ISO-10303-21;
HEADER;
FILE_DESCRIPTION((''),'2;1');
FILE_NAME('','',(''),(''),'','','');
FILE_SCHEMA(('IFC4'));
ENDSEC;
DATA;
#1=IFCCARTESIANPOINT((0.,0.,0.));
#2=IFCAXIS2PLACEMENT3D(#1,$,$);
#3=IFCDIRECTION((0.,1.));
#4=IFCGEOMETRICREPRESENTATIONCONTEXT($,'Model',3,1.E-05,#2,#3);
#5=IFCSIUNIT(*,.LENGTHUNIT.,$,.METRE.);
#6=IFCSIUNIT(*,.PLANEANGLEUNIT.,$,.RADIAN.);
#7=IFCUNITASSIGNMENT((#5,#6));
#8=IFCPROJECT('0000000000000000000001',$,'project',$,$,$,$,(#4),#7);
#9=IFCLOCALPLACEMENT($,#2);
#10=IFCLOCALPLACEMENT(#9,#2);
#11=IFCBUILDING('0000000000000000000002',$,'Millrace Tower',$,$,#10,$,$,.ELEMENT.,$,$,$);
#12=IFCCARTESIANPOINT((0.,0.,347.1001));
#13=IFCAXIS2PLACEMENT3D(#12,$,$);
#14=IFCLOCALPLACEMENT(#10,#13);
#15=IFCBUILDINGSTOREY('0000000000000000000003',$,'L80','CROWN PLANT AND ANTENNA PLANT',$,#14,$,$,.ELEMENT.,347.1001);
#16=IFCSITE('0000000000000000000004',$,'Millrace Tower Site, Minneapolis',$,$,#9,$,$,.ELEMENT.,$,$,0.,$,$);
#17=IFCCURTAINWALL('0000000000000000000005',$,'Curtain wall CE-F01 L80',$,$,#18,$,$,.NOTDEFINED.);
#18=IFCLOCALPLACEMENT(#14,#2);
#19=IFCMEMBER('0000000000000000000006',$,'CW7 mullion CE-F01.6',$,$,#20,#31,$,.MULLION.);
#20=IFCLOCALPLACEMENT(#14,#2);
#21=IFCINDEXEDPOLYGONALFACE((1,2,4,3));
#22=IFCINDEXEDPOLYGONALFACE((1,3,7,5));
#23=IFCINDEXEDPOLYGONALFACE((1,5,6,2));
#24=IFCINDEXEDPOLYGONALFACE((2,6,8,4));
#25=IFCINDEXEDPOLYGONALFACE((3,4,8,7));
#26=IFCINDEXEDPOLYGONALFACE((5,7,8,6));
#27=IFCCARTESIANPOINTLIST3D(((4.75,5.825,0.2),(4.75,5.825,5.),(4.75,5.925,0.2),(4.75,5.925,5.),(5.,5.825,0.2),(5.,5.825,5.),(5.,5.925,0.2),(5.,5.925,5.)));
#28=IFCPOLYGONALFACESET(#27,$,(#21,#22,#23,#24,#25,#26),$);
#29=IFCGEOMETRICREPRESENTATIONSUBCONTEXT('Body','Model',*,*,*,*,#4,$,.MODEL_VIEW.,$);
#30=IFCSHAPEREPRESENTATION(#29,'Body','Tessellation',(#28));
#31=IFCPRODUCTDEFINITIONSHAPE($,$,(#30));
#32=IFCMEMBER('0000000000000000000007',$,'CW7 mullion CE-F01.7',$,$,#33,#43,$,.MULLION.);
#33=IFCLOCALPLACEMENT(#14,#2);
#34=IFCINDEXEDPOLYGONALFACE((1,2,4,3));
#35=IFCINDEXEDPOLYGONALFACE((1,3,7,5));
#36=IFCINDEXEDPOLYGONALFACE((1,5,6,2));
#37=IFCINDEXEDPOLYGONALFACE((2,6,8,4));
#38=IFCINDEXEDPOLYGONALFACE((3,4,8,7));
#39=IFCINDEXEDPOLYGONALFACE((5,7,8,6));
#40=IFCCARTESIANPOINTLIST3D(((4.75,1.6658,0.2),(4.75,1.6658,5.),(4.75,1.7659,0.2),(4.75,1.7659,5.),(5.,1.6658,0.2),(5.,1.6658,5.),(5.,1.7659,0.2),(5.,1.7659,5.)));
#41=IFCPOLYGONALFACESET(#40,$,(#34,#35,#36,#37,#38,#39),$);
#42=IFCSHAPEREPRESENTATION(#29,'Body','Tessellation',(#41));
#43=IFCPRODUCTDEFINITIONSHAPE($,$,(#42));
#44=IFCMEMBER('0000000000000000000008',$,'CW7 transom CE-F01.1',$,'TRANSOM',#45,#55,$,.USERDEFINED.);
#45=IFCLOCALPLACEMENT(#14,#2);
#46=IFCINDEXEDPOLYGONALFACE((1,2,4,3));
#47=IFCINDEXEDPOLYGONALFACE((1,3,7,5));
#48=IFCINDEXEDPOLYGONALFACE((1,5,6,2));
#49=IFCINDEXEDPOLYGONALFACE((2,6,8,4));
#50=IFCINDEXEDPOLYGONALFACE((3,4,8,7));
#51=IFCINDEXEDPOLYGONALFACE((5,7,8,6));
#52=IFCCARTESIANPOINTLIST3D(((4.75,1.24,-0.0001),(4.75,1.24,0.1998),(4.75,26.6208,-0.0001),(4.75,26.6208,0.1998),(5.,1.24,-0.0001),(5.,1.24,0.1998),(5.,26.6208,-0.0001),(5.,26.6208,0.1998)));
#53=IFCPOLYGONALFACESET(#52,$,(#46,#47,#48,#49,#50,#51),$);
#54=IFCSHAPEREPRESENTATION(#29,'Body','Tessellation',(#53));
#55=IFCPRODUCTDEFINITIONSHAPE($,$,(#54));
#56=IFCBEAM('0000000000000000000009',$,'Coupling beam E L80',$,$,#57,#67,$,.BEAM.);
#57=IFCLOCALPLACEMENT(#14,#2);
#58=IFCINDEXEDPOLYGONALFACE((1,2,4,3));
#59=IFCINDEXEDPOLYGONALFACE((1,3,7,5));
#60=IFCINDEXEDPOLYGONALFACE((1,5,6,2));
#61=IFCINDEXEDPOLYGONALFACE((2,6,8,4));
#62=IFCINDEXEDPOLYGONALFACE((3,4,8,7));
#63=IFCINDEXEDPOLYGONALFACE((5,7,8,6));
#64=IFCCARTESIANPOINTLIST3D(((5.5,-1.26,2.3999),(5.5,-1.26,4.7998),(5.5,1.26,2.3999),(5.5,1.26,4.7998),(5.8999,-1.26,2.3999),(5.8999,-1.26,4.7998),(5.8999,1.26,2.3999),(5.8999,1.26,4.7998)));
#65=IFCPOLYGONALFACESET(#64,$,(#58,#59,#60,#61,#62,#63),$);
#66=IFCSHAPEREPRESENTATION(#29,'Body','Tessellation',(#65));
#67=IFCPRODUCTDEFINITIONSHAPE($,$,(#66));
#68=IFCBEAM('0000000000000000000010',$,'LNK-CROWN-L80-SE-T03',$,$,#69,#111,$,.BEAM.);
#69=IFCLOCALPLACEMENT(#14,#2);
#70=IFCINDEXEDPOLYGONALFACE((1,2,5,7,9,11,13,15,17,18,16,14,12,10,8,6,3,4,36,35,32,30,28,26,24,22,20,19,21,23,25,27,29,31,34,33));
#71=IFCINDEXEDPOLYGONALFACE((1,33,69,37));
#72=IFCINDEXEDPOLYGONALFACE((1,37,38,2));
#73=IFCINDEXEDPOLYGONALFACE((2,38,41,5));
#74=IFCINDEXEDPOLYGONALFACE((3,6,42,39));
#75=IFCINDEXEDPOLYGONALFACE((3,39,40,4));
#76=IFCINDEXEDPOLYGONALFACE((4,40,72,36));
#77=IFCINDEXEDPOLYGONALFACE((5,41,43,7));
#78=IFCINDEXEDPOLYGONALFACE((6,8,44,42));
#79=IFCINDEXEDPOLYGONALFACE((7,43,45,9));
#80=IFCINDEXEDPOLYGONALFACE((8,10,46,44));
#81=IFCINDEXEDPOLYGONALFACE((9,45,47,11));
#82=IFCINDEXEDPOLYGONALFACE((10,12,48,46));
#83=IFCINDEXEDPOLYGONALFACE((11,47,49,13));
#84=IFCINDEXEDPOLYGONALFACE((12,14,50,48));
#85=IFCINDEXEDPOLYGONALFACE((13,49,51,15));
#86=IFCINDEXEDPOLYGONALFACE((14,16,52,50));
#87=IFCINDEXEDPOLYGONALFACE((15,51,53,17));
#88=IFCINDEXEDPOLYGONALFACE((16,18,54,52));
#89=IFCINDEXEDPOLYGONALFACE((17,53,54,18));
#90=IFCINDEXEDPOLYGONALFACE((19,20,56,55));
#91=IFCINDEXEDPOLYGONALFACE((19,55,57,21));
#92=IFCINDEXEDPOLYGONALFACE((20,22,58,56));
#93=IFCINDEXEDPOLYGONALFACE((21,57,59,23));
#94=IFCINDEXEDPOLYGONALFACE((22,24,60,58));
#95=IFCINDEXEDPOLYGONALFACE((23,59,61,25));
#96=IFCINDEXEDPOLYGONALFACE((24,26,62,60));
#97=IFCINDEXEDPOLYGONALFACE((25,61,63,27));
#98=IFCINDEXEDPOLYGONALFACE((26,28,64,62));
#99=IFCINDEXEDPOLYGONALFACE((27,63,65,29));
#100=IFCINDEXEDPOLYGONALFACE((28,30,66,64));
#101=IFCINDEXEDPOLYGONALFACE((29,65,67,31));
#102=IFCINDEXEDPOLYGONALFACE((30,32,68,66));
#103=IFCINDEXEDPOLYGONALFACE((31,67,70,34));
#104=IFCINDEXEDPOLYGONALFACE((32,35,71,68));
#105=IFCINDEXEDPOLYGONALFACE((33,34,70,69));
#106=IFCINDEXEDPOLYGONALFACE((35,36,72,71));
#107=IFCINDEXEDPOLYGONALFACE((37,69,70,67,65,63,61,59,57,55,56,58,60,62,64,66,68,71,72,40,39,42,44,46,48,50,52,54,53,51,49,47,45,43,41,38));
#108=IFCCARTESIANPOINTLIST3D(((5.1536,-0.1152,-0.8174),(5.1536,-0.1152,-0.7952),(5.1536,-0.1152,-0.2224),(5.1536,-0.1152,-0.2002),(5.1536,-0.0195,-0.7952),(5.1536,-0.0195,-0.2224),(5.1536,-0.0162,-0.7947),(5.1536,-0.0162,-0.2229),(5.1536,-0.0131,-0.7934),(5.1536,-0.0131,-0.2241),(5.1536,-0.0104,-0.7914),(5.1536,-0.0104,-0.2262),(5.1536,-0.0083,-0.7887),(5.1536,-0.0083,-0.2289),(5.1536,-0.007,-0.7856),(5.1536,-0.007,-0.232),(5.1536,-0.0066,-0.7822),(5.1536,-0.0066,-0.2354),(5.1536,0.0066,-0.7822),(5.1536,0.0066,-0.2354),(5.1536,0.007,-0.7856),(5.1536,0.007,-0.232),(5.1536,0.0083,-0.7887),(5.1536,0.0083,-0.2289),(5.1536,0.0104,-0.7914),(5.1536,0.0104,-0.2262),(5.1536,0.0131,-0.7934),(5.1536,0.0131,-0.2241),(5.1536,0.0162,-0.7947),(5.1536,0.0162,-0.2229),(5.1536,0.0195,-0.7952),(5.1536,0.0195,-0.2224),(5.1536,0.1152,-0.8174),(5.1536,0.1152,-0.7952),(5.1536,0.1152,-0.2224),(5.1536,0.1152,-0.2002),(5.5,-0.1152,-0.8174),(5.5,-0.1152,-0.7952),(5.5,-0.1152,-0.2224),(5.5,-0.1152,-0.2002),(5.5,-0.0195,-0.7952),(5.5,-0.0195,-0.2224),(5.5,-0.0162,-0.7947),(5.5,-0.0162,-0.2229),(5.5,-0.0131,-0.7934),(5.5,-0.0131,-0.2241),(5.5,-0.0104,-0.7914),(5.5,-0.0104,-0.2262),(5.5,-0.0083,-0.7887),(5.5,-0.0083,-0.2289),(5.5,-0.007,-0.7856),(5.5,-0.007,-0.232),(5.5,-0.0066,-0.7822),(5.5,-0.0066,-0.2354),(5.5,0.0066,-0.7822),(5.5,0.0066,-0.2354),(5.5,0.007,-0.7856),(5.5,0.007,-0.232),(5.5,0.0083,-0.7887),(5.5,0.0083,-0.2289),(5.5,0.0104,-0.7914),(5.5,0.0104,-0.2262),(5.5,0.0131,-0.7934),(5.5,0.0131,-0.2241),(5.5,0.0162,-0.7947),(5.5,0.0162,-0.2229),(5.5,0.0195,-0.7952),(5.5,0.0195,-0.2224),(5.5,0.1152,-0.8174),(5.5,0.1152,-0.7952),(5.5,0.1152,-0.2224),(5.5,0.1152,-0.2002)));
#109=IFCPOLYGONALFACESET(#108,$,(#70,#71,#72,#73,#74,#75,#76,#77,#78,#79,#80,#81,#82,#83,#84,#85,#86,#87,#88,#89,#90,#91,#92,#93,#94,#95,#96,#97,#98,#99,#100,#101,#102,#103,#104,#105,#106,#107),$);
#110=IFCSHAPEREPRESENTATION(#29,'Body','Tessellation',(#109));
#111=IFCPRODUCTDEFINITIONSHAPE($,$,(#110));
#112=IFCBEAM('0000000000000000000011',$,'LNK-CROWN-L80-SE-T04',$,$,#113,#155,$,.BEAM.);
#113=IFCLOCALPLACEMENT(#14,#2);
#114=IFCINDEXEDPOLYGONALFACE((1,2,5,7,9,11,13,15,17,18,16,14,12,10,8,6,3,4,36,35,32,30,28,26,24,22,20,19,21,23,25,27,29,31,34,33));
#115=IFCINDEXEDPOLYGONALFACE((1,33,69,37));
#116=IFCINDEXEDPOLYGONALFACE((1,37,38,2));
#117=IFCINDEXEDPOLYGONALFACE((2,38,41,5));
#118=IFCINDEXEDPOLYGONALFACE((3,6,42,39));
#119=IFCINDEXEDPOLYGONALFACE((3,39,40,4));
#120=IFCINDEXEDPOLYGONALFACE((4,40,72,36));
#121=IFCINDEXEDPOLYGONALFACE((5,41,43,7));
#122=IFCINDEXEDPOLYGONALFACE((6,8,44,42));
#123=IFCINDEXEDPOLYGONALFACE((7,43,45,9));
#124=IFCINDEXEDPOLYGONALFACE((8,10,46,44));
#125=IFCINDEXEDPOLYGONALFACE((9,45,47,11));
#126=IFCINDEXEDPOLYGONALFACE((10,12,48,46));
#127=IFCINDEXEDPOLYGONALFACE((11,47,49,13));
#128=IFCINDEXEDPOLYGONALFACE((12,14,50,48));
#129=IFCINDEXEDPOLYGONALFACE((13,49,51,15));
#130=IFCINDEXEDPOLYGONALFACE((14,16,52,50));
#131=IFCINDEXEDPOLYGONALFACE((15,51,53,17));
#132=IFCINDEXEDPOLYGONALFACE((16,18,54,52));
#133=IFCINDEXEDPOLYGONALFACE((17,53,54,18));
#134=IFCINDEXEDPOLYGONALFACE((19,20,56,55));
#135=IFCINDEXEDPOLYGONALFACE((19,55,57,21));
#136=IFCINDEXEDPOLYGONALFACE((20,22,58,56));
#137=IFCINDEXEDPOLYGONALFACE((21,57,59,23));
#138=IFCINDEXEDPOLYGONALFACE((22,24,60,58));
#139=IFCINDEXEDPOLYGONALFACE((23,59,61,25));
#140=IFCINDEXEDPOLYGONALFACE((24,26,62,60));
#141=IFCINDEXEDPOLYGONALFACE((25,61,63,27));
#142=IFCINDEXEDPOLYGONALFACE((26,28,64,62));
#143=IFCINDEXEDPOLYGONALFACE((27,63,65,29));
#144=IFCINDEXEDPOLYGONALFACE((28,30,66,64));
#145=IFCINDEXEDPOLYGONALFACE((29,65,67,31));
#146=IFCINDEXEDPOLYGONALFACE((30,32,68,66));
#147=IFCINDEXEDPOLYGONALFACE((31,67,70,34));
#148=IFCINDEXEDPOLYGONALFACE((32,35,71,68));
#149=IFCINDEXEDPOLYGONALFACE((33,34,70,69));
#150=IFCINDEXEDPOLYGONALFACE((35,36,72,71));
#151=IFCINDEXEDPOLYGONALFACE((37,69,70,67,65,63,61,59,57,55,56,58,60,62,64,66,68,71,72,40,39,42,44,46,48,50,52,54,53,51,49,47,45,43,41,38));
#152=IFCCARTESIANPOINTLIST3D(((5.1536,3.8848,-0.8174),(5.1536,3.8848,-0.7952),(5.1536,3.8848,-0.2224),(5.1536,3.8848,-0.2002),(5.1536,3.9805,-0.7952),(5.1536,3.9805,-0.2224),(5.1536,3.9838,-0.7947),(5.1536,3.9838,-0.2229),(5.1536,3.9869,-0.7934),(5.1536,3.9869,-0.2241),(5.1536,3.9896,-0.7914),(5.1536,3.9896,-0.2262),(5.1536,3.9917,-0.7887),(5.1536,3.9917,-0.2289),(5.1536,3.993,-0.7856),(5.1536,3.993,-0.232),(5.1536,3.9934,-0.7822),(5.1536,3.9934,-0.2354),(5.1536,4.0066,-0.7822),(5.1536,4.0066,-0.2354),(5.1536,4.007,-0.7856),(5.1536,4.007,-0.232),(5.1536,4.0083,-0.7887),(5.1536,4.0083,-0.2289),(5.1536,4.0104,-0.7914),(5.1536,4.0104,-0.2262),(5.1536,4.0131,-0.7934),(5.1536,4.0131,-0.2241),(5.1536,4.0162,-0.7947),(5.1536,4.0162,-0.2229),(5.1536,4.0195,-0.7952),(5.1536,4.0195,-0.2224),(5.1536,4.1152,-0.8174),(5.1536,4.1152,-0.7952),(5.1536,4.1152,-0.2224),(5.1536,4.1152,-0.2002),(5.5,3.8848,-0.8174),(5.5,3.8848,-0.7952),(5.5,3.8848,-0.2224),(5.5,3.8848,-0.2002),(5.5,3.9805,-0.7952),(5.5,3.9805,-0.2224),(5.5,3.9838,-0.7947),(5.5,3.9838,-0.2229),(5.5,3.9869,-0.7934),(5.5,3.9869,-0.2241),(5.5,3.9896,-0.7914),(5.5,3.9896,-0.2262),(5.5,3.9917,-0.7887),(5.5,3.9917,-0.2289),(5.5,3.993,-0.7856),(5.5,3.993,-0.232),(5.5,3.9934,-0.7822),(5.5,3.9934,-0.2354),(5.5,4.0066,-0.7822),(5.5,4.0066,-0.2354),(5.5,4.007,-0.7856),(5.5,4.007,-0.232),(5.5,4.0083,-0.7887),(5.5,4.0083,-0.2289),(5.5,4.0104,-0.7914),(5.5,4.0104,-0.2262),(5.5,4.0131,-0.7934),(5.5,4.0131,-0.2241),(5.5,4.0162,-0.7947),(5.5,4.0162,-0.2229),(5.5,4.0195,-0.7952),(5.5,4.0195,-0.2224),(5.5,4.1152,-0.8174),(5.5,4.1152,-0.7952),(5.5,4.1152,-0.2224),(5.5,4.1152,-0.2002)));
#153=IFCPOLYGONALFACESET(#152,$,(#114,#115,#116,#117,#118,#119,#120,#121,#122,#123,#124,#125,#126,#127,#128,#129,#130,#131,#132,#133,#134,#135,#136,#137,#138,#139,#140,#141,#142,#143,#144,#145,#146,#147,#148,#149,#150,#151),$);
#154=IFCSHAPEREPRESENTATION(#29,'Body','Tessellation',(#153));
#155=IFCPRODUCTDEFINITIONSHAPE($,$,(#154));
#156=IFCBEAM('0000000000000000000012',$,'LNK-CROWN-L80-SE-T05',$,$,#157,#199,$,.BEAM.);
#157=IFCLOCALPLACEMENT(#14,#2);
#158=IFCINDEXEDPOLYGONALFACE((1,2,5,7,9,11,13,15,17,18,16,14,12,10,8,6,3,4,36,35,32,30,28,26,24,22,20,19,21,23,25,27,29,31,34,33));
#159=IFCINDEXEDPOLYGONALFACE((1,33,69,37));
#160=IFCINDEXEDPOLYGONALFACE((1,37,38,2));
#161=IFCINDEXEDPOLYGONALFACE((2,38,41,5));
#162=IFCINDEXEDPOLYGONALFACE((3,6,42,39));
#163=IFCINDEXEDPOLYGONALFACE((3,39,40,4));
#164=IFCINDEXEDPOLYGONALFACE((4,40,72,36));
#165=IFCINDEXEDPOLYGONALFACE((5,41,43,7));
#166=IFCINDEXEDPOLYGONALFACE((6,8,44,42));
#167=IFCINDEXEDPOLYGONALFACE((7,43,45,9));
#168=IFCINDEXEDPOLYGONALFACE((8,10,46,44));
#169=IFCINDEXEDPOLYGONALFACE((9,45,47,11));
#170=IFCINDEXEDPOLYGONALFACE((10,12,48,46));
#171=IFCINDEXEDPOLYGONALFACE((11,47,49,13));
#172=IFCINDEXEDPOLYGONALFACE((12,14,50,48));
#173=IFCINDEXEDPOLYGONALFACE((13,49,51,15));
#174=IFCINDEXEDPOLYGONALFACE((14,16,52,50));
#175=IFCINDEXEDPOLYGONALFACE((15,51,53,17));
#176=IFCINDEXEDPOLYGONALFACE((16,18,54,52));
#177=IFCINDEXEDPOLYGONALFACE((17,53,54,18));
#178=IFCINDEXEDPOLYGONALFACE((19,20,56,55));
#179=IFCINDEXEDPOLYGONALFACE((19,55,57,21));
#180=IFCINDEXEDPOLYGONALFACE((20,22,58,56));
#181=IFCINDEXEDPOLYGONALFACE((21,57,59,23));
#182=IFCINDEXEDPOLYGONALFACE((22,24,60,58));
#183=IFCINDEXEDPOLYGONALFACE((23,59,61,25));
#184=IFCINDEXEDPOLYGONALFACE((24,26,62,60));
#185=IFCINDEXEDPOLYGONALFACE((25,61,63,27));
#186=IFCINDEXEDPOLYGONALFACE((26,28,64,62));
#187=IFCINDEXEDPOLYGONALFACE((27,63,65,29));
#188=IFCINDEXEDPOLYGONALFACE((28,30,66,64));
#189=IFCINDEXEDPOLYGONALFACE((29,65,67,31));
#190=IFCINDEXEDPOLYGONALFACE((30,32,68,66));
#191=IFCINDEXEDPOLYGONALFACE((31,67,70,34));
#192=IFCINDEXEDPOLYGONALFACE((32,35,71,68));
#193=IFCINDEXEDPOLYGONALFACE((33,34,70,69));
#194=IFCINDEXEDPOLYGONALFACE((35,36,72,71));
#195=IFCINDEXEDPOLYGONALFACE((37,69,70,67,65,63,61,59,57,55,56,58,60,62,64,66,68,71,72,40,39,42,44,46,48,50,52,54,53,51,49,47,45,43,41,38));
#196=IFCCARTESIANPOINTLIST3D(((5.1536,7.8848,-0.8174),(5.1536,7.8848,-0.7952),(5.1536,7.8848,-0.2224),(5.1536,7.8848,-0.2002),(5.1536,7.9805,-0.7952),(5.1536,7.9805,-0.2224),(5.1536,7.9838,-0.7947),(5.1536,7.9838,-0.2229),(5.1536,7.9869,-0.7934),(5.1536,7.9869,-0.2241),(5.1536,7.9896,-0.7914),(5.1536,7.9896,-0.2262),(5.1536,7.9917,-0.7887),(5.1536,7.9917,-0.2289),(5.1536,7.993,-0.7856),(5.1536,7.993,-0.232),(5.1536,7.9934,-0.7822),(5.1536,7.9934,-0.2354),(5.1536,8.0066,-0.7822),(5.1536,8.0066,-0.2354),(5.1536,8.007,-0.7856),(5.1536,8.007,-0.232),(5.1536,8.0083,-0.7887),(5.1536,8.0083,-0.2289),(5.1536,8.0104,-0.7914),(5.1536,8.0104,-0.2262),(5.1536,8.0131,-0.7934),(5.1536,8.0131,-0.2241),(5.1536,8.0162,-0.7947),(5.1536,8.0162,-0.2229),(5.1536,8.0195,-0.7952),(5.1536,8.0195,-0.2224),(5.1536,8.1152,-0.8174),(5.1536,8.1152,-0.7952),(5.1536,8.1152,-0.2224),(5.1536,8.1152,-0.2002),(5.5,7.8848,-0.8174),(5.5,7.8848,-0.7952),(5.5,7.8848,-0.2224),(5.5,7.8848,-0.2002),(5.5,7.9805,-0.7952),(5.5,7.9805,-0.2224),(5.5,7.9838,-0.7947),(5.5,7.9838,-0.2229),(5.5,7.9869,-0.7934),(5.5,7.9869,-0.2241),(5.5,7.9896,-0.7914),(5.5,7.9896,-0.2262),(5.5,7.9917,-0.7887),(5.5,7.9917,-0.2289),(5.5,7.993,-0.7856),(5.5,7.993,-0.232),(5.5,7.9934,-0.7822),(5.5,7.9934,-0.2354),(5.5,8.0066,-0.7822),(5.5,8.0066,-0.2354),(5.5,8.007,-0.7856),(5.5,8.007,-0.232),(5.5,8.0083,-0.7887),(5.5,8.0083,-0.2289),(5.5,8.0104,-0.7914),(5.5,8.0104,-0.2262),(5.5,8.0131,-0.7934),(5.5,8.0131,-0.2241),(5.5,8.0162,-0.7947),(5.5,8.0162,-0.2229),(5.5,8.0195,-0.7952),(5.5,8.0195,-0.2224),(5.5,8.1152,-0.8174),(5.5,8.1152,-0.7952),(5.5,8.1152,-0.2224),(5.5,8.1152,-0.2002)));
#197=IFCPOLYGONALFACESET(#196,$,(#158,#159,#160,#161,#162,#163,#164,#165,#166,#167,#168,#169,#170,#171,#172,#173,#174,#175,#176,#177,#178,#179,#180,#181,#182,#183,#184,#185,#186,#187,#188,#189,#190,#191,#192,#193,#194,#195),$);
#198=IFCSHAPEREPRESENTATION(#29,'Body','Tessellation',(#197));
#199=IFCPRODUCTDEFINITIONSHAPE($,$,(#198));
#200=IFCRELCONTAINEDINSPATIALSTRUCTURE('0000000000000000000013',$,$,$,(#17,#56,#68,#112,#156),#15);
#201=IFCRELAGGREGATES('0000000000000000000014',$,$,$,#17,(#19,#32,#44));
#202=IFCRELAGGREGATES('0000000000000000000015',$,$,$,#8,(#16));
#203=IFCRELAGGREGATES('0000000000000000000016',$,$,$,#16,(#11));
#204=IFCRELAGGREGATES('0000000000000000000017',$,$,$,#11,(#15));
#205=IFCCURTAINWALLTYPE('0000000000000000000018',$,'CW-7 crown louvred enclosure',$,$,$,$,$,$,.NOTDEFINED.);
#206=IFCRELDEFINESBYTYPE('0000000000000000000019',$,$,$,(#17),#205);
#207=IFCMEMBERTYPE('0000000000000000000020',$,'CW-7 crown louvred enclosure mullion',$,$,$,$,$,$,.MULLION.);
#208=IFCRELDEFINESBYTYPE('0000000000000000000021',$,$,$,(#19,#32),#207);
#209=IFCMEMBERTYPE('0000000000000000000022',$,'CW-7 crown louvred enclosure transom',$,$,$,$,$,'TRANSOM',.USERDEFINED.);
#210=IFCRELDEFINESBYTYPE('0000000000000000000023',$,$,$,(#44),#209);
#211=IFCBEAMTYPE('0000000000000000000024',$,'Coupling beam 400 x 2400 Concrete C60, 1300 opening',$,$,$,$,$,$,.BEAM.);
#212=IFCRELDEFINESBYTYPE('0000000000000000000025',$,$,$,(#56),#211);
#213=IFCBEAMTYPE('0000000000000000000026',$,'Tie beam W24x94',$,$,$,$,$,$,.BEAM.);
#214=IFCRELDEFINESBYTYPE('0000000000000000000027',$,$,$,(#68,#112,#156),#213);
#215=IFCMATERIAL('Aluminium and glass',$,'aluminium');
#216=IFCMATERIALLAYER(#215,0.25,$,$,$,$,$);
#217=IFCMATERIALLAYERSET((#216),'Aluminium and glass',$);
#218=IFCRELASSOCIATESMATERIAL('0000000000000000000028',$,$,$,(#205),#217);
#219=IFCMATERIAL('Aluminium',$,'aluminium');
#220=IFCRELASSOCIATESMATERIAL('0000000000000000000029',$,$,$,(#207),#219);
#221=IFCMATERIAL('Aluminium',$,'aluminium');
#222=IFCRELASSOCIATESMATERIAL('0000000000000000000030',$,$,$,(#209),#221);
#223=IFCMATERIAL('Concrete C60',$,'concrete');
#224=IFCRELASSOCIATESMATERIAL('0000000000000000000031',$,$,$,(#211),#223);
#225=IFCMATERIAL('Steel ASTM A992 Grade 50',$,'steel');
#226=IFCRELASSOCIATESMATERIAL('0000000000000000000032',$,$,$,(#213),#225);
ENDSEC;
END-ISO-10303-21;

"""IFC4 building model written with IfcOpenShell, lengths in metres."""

from ifc_helpers import new_model, si_unit, direction, frame, origin, origin_2d, place, context, subcontext, project, spatial, rectangle, i_section, extrude, material, layer, layer_set, material_profile, profile_set, type_object, element, aggregate, save


model = new_model("IFC4")

# Units and contexts
model_context = context("Model", 3, precision=1e-05, world=origin(), true_north=direction((0.0, 1.0)))
body_context = subcontext(model_context, "Body", "Model", "MODEL_VIEW")
ifc_project = project(units=[si_unit("LENGTHUNIT", "METRE"), si_unit("PLANEANGLEUNIT", "RADIAN")], contexts=[model_context])

# Site, building, storey
site_placement = place(None, origin())
site = spatial("IfcSite", under=ifc_project, at=site_placement, Name="Millrace Tower Site, Minneapolis", CompositionType="ELEMENT", RefElevation=0.0)
building_placement = place(site_placement, origin())
building = spatial("IfcBuilding", under=site, at=building_placement, Name="Millrace Tower", CompositionType="ELEMENT")
storey_placement = place(building_placement, frame((0.0, 0.0, 347.1001)))
storey = spatial("IfcBuildingStorey", under=building, at=storey_placement, Name="L80", Description="CROWN PLANT AND ANTENNA PLANT", CompositionType="ELEMENT", Elevation=347.1001)

# Curtain wall, members
ifc_material_1 = material(Name="Aluminium and glass", Category="aluminium")
ifc_layer_1 = layer(ifc_material_1, 0.25)
ifc_layer_set_1 = layer_set([ifc_layer_1], Name="Aluminium and glass")
curtain_wall_type = type_object("IfcCurtainWallType", Name="CW-7 crown louvred enclosure", PredefinedType="NOTDEFINED", material=ifc_layer_set_1)
placement_1 = place(storey_placement, origin())
curtain_wall_1 = element("IfcCurtainWall", 1, at=placement_1, inside=storey, type_object=curtain_wall_type, Name="Curtain wall CE-F01 L80", PredefinedType="NOTDEFINED")
ifc_material_2 = material(Name="Aluminium", Category="aluminium")
ifc_material_profile_1 = material_profile(ifc_material_2, rectangle(XDim=0.1001, YDim=0.25, at=origin_2d()))
ifc_profile_set_1 = profile_set([ifc_material_profile_1], Name="Aluminium")
member_type_1 = type_object("IfcMemberType", Name="CW-7 crown louvred enclosure mullion", PredefinedType="MULLION", material=ifc_profile_set_1)
member_1_placement = place(storey_placement, frame((4.875, 5.875, 0.2), z_axis=(0.0, 0.0, 1.0), x_axis=(0.0, -1.0, 0.0)))
member_1 = element("IfcMember", 2, at=member_1_placement, type_object=member_type_1, Name="CW7 mullion CE-F01.6", PredefinedType="MULLION", context=body_context, shape_type="SweptSolid", body=[
    extrude(rectangle(XDim=0.1001, YDim=0.25, at=origin_2d()), origin(), (0.0, 0.0, 1.0), 4.8),
])
member_2_placement = place(storey_placement, frame((4.875, 1.7158, 0.2), z_axis=(0.0, 0.0, 1.0), x_axis=(0.0, -1.0, 0.0)))
member_2 = element("IfcMember", 3, at=member_2_placement, type_object=member_type_1, Name="CW7 mullion CE-F01.7", PredefinedType="MULLION", context=body_context, shape_type="SweptSolid", body=[
    extrude(rectangle(XDim=0.1001, YDim=0.25, at=origin_2d()), origin(), (0.0, 0.0, 1.0), 4.8),
])
ifc_material_3 = material(Name="Aluminium", Category="aluminium")
ifc_material_profile_2 = material_profile(ifc_material_3, rectangle(XDim=0.25, YDim=0.2, at=origin_2d()))
ifc_profile_set_2 = profile_set([ifc_material_profile_2], Name="Aluminium")
member_type_2 = type_object("IfcMemberType", Name="CW-7 crown louvred enclosure transom", ElementType="TRANSOM", PredefinedType="USERDEFINED", material=ifc_profile_set_2)
member_3_placement = place(storey_placement, frame((4.875, 1.24, 0.0999), z_axis=(0.0, 1.0, 0.0), x_axis=(-1.0, 0.0, 0.0)))
member_3 = element("IfcMember", 4, at=member_3_placement, type_object=member_type_2, Name="CW7 transom CE-F01.1", ObjectType="TRANSOM", PredefinedType="USERDEFINED", context=body_context, shape_type="SweptSolid", body=[
    extrude(rectangle(XDim=0.25, YDim=0.2, at=origin_2d()), origin(), (0.0, 0.0, 1.0), 25.3809),
])

# Beams
ifc_material_4 = material(Name="Concrete C60", Category="concrete")
ifc_material_profile_3 = material_profile(ifc_material_4, rectangle(XDim=0.3999, YDim=2.3999, at=origin_2d()))
ifc_profile_set_3 = profile_set([ifc_material_profile_3], Name="Concrete C60")
beam_type_1 = type_object("IfcBeamType", Name="Coupling beam 400 x 2400 Concrete C60, 1300 opening", PredefinedType="BEAM", material=ifc_profile_set_3)
beam_placement = place(storey_placement, frame((5.7, 1.26, 3.5999), z_axis=(0.0, -1.0, 0.0), x_axis=(1.0, 0.0, 0.0)))
element("IfcBeam", 5, at=beam_placement, inside=storey, type_object=beam_type_1, Name="Coupling beam E L80", PredefinedType="BEAM", context=body_context, shape_type="SweptSolid", body=[
    extrude(rectangle(XDim=0.3999, YDim=2.3999, at=origin_2d()), origin(), (0.0, 0.0, 1.0), 2.52),
])
ifc_material_5 = material(Name="Steel ASTM A992 Grade 50", Category="steel")
ifc_material_profile_4 = material_profile(ifc_material_5, i_section(OverallWidth=0.2305, OverallDepth=0.6172, WebThickness=0.0132, FlangeThickness=0.0222, FilletRadius=0.0129, at=origin_2d()))
ifc_profile_set_4 = profile_set([ifc_material_profile_4], Name="Steel ASTM A992 Grade 50")
beam_type_2 = type_object("IfcBeamType", Name="Tie beam W24x94", PredefinedType="BEAM", material=ifc_profile_set_4)
for number, where, z_axis, x_axis, name in (
    (6, (5.1536, 0.0, -0.5088), (1.0, 0.0, 0.0), (0.0, 1.0, 0.0), "LNK-CROWN-L80-SE-T03"),
    (7, (5.1536, 4.0, -0.5088), (1.0, 0.0, 0.0), (0.0, 1.0, 0.0), "LNK-CROWN-L80-SE-T04"),
    (8, (5.1536, 8.0, -0.5088), (1.0, 0.0, 0.0), (0.0, 1.0, 0.0), "LNK-CROWN-L80-SE-T05"),
):
    element("IfcBeam", number, at=place(storey_placement, frame(where, z_axis=z_axis, x_axis=x_axis)), inside=storey, type_object=beam_type_2, Name=name, PredefinedType="BEAM", context=body_context, shape_type="SweptSolid", body=[
        extrude(i_section(OverallWidth=0.2305, OverallDepth=0.6172, WebThickness=0.0132, FlangeThickness=0.0222, FilletRadius=0.0129, at=origin_2d()), origin(), (0.0, 0.0, 1.0), 0.3464),
    ])

aggregate(curtain_wall_1, [member_1, member_2, member_3])

save(model, "model.ifc")
